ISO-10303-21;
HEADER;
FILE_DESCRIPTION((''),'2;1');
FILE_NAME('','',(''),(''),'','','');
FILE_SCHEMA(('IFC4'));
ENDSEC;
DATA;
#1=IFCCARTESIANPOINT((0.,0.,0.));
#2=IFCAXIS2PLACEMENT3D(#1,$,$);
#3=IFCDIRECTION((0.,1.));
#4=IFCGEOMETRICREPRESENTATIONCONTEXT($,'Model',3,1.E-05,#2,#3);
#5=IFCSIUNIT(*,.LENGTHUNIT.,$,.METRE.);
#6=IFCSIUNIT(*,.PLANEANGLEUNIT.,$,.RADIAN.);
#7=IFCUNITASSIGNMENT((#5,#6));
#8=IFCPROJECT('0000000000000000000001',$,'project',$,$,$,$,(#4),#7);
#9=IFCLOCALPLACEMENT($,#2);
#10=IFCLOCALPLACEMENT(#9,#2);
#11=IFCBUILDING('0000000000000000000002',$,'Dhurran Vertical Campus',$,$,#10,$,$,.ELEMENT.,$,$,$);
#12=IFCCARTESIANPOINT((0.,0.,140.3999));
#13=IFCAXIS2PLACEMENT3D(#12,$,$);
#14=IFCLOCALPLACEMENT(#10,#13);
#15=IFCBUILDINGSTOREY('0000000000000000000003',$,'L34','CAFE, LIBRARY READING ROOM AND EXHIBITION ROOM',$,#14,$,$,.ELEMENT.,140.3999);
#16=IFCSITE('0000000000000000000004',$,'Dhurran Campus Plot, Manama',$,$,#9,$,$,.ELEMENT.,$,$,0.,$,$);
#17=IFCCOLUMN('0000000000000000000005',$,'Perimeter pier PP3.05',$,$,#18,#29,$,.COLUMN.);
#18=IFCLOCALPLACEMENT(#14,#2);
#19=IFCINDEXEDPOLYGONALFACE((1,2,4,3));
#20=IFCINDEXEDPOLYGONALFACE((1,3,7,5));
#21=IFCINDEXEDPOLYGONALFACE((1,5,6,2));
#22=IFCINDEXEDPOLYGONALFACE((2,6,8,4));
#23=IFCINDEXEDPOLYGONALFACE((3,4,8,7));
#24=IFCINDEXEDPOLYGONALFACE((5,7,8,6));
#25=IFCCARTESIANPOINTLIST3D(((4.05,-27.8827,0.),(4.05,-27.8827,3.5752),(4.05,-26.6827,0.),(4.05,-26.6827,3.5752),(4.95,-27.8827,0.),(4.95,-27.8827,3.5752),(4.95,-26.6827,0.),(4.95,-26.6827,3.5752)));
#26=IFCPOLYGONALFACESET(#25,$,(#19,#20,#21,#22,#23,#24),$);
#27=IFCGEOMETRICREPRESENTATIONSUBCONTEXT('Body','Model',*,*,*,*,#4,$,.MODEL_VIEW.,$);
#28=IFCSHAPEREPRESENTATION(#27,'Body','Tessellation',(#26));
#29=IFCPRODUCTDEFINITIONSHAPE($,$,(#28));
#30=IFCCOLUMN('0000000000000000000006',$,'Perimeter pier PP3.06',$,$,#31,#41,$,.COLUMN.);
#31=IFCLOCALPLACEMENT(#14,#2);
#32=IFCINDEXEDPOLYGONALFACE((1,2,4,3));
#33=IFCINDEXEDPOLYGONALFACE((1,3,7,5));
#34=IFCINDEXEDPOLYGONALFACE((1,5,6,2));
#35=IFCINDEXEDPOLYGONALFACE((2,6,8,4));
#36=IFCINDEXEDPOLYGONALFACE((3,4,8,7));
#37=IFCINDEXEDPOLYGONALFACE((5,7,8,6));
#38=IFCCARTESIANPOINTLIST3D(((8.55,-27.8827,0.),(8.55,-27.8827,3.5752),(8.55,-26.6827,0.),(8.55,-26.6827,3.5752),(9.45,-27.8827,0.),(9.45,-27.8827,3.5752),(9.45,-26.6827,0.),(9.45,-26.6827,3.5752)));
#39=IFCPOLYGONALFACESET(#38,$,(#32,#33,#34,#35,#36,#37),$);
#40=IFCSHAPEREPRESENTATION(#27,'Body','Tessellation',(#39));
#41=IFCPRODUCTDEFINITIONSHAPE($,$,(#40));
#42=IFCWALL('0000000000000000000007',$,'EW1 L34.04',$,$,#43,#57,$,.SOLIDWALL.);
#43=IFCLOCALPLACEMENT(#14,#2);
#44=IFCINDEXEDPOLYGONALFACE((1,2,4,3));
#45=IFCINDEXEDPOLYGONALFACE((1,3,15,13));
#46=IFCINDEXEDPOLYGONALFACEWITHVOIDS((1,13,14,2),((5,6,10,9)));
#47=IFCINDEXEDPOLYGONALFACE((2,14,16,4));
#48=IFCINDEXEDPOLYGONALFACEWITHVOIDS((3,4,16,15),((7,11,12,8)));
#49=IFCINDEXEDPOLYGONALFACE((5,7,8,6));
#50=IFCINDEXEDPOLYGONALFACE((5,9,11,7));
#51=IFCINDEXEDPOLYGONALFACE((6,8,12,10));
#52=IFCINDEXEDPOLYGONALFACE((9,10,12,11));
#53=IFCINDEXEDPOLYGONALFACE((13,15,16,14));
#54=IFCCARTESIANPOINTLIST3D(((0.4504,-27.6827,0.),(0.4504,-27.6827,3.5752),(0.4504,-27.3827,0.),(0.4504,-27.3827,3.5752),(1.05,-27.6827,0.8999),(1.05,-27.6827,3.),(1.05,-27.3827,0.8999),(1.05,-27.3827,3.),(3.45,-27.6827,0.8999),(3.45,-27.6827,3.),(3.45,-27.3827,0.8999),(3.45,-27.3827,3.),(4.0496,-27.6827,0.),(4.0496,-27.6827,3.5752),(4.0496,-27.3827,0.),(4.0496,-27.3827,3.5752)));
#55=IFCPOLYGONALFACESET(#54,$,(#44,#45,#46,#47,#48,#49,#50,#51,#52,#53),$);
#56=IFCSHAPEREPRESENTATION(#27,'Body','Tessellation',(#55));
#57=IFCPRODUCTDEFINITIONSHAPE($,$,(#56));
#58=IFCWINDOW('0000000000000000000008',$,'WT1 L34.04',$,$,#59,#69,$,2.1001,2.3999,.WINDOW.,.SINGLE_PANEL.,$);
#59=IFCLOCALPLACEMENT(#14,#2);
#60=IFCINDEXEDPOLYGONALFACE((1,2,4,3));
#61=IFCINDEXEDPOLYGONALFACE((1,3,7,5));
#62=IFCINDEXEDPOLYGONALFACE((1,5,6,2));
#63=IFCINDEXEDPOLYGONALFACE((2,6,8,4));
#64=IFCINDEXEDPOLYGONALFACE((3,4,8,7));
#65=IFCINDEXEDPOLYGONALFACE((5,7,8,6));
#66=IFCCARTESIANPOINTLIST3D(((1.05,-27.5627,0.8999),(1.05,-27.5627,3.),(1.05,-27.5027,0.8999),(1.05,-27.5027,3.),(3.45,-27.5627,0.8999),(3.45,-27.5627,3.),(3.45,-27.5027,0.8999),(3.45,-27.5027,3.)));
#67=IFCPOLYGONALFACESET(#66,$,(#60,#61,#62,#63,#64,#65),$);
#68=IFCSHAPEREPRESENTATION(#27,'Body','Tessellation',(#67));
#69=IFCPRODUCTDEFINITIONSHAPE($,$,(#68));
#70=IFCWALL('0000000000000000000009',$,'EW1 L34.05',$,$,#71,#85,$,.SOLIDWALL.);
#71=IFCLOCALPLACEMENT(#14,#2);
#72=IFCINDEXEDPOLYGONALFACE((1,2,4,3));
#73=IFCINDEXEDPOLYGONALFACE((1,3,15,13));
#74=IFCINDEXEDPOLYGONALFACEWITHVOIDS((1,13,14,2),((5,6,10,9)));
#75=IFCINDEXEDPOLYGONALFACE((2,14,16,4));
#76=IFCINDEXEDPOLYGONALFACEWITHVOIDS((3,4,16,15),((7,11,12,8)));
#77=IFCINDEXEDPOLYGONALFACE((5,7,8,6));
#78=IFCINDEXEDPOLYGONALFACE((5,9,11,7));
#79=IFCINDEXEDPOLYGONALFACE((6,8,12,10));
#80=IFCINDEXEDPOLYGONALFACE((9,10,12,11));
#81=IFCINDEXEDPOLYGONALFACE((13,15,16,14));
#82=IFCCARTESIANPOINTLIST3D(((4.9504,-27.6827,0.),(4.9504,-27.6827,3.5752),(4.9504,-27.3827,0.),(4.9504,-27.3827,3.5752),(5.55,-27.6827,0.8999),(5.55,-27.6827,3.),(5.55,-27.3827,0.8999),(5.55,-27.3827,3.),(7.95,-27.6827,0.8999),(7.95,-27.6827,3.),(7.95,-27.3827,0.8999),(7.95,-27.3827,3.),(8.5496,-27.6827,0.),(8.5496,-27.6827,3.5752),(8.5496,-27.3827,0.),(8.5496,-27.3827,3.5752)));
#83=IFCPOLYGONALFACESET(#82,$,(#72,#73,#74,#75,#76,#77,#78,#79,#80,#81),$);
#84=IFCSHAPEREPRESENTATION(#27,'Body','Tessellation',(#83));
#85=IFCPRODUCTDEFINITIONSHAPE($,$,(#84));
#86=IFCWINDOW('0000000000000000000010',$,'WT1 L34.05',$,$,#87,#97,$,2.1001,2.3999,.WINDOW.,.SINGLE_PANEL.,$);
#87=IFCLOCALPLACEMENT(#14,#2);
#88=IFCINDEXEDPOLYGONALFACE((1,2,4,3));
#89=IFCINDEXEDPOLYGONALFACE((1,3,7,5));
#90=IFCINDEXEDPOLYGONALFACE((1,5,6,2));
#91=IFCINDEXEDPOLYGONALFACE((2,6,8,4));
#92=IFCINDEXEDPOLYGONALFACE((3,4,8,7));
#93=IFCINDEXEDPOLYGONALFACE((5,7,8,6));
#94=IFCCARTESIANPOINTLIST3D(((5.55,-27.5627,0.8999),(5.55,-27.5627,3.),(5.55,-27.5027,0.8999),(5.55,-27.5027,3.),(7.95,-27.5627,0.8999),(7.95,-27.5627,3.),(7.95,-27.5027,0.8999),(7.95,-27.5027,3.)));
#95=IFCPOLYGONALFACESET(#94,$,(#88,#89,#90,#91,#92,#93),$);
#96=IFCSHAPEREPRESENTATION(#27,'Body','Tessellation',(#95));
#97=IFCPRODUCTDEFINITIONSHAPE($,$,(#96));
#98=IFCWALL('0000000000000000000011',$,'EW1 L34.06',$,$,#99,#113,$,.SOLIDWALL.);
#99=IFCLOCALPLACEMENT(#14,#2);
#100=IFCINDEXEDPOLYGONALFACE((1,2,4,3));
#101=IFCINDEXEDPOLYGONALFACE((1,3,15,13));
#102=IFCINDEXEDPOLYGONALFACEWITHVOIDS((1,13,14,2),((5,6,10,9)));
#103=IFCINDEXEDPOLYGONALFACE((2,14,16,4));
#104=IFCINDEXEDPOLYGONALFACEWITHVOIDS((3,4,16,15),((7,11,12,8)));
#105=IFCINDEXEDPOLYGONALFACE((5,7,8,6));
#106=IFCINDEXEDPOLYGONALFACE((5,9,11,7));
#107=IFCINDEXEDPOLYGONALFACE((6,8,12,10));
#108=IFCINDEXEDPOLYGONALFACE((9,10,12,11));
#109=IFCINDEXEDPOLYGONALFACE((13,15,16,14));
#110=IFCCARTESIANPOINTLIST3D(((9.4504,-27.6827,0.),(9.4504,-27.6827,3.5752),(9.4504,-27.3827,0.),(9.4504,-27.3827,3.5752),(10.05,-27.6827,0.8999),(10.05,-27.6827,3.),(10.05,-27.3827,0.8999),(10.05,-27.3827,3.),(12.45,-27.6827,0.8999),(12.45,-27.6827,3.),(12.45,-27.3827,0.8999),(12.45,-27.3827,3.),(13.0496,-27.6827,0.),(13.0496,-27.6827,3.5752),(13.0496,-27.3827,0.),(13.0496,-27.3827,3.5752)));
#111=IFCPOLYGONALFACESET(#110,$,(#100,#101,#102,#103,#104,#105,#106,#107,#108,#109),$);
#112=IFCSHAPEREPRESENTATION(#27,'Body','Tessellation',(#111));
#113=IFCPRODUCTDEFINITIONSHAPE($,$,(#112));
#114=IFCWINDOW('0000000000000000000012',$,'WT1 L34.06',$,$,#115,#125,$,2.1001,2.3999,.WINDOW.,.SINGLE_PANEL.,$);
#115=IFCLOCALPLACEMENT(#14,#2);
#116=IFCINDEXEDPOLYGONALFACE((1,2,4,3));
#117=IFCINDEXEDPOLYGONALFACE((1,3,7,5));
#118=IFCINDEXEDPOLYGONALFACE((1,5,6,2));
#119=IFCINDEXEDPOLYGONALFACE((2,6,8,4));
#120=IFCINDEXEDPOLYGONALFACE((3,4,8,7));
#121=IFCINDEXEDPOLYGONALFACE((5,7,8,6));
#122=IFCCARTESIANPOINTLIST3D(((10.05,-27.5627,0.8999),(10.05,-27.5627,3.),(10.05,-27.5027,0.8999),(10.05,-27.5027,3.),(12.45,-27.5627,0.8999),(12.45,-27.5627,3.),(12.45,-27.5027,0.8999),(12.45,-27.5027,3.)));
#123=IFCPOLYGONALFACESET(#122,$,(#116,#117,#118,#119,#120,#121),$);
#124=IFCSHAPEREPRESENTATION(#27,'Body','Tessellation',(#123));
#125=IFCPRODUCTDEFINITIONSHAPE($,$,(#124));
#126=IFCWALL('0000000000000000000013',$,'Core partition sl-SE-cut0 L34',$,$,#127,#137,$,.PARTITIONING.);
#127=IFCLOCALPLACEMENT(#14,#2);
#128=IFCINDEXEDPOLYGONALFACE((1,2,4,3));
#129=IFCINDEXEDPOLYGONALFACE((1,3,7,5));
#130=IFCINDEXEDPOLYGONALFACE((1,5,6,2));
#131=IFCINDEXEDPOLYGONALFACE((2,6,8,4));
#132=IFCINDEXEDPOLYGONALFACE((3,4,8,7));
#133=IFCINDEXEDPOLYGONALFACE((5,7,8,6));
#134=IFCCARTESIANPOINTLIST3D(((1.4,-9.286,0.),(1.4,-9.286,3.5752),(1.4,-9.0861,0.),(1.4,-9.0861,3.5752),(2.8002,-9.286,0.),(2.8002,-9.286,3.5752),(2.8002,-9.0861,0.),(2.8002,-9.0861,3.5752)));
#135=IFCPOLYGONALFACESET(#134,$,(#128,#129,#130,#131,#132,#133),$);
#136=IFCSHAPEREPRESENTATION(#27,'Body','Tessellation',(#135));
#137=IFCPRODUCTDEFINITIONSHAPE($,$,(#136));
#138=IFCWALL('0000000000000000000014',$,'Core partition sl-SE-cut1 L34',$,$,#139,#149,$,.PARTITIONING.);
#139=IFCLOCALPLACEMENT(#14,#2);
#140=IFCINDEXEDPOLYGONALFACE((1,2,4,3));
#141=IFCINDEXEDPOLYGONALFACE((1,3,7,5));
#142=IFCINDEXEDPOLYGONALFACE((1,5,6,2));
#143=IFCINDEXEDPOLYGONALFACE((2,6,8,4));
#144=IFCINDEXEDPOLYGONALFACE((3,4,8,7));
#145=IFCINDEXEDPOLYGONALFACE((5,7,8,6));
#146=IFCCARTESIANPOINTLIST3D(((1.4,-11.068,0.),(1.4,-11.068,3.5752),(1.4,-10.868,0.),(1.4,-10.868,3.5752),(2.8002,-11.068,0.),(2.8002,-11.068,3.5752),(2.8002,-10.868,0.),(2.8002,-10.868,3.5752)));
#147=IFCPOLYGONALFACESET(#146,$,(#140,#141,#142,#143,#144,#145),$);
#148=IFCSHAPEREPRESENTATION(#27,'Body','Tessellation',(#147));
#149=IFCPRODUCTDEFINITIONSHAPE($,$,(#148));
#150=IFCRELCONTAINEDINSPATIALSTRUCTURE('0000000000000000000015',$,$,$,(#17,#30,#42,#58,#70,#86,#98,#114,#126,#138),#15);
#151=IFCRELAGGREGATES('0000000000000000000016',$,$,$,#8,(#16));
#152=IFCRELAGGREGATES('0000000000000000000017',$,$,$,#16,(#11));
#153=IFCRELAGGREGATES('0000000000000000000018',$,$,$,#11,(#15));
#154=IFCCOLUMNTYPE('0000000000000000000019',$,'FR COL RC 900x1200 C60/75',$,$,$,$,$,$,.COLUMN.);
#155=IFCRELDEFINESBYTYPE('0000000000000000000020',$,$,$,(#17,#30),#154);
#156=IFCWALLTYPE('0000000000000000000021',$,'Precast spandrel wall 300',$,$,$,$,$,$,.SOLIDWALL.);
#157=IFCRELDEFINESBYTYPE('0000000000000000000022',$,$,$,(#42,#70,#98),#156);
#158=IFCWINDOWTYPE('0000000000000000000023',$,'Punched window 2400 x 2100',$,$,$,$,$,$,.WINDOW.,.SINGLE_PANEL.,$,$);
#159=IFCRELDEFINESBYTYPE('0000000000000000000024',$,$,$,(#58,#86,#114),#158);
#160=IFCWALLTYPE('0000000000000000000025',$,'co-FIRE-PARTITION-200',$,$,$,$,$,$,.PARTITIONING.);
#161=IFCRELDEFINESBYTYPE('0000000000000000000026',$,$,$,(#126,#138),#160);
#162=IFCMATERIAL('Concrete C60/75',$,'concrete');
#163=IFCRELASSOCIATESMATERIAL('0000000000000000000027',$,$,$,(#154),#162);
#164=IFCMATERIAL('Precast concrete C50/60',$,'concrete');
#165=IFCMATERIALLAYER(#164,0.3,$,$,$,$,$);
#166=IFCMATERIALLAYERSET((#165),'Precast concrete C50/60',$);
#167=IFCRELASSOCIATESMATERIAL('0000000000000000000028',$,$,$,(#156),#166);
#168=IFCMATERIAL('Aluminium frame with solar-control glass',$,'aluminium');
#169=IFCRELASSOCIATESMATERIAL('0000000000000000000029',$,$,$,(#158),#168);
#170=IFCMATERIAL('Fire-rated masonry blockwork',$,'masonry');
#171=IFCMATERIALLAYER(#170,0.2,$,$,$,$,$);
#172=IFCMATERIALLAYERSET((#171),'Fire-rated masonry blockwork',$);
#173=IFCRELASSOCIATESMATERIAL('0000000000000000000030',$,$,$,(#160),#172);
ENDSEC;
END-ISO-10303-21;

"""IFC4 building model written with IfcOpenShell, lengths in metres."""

from ifc_helpers import new_model, si_unit, direction, frame, frame_2d, origin, origin_2d, place, context, subcontext, project, spatial, rectangle, extrude, material, layer, layer_set, material_profile, profile_set, type_object, element, fill, save


model = new_model("IFC4")

# Units and contexts
model_context = context("Model", 3, precision=1e-05, world=origin(), true_north=direction((0.0, 1.0)))
body_context = subcontext(model_context, "Body", "Model", "MODEL_VIEW")
ifc_project = project(units=[si_unit("LENGTHUNIT", "METRE"), si_unit("PLANEANGLEUNIT", "RADIAN")], contexts=[model_context])

# Site, building, storey
site_placement = place(None, origin())
site = spatial("IfcSite", under=ifc_project, at=site_placement, Name="Dhurran Campus Plot, Manama", CompositionType="ELEMENT", RefElevation=0.0)
building_placement = place(site_placement, origin())
building = spatial("IfcBuilding", under=site, at=building_placement, Name="Dhurran Vertical Campus", CompositionType="ELEMENT")
storey_placement = place(building_placement, frame((0.0, 0.0, 140.3999)))
storey = spatial("IfcBuildingStorey", under=building, at=storey_placement, Name="L34", Description="CAFE, LIBRARY READING ROOM AND EXHIBITION ROOM", CompositionType="ELEMENT", Elevation=140.3999)

# Columns
ifc_material_1 = material(Name="Concrete C60/75", Category="concrete")
ifc_material_profile = material_profile(ifc_material_1, rectangle(XDim=0.8999, YDim=1.2, at=origin_2d()), Name="RC 900x1200")
ifc_profile_set = profile_set([ifc_material_profile], Name="Concrete C60/75")
column_type = type_object("IfcColumnType", Name="FR COL RC 900x1200 C60/75", PredefinedType="COLUMN", material=ifc_profile_set)
for number, where, z_axis, x_axis, name in (
    (1, (4.5, -27.2827, 0.0), (0.0, 0.0, 1.0), (1.0, 0.0, 0.0), "Perimeter pier PP3.05"),
    (2, (9.0, -27.2827, 0.0), (0.0, 0.0, 1.0), (1.0, 0.0, 0.0), "Perimeter pier PP3.06"),
):
    element("IfcColumn", number, at=place(storey_placement, frame(where, z_axis=z_axis, x_axis=x_axis)), inside=storey, type_object=column_type, Name=name, PredefinedType="COLUMN", context=body_context, shape_type="SweptSolid", body=[
        extrude(rectangle(XDim=0.8999, YDim=1.2, at=origin_2d()), origin(), (0.0, 0.0, 1.0), 3.5752),
    ])

# Walls, openings, windows
ifc_material_2 = material(Name="Precast concrete C50/60", Category="concrete")
ifc_layer_1 = layer(ifc_material_2, 0.3)
ifc_layer_set_1 = layer_set([ifc_layer_1], Name="Precast concrete C50/60")
wall_type_1 = type_object("IfcWallType", Name="Precast spandrel wall 300", PredefinedType="SOLIDWALL", material=ifc_layer_set_1)
wall_1_placement = place(storey_placement, frame((0.4504, -27.5327, 0.0), z_axis=(0.0, 0.0, 1.0), x_axis=(1.0, 0.0, 0.0)))
wall_1 = element("IfcWall", 3, at=wall_1_placement, inside=storey, type_object=wall_type_1, Name="EW1 L34.04", PredefinedType="SOLIDWALL", context=body_context, shape_type="SweptSolid", body=[
    extrude(rectangle(XDim=3.5991, YDim=0.3, at=frame_2d((1.7996, 0.0))), origin(), (0.0, 0.0, 1.0), 3.5752),
])
opening_1_placement = place(wall_1_placement, frame((0.5996, 0.0, 0.8999)))
opening_1 = element("IfcOpeningElement", 4, at=opening_1_placement, cuts=wall_1, PredefinedType="OPENING", context=body_context, shape_type="SweptSolid", body=[
    extrude(rectangle(XDim=2.3999, YDim=2.1001, at=frame_2d((1.2, 1.05))), frame((0.0, 0.1599, 0.0), z_axis=(0.0, -1.0, 0.0), x_axis=(1.0, 0.0, 0.0)), (0.0, 0.0, 1.0), 0.3201),
])
ifc_material_3 = material(Name="Aluminium frame with solar-control glass", Category="aluminium")
window_type = type_object("IfcWindowType", Name="Punched window 2400 x 2100", PartitioningType="SINGLE_PANEL", PredefinedType="WINDOW", material=ifc_material_3)
window_1_placement = place(opening_1_placement, origin())
window_1 = element("IfcWindow", 5, at=window_1_placement, inside=storey, type_object=window_type, Name="WT1 L34.04", OverallHeight=2.1001, OverallWidth=2.3999, PartitioningType="SINGLE_PANEL", PredefinedType="WINDOW", context=body_context, shape_type="SweptSolid", body=[
    extrude(rectangle(XDim=2.3999, YDim=2.1001, at=frame_2d((1.2, 1.05))), frame((0.0, 0.03, 0.0), z_axis=(0.0, -1.0, 0.0), x_axis=(1.0, 0.0, 0.0)), (0.0, 0.0, 1.0), 0.0601),
])
fill(opening_1, window_1)
wall_2_placement = place(storey_placement, frame((4.9504, -27.5327, 0.0), z_axis=(0.0, 0.0, 1.0), x_axis=(1.0, 0.0, 0.0)))
wall_2 = element("IfcWall", 6, at=wall_2_placement, inside=storey, type_object=wall_type_1, Name="EW1 L34.05", PredefinedType="SOLIDWALL", context=body_context, shape_type="SweptSolid", body=[
    extrude(rectangle(XDim=3.5991, YDim=0.3, at=frame_2d((1.7996, 0.0))), origin(), (0.0, 0.0, 1.0), 3.5752),
])
opening_2_placement = place(wall_2_placement, frame((0.5996, 0.0, 0.8999)))
opening_2 = element("IfcOpeningElement", 7, at=opening_2_placement, cuts=wall_2, PredefinedType="OPENING", context=body_context, shape_type="SweptSolid", body=[
    extrude(rectangle(XDim=2.3999, YDim=2.1001, at=frame_2d((1.2, 1.05))), frame((0.0, 0.1599, 0.0), z_axis=(0.0, -1.0, 0.0), x_axis=(1.0, 0.0, 0.0)), (0.0, 0.0, 1.0), 0.3201),
])
window_2_placement = place(opening_2_placement, origin())
window_2 = element("IfcWindow", 8, at=window_2_placement, inside=storey, type_object=window_type, Name="WT1 L34.05", OverallHeight=2.1001, OverallWidth=2.3999, PartitioningType="SINGLE_PANEL", PredefinedType="WINDOW", context=body_context, shape_type="SweptSolid", body=[
    extrude(rectangle(XDim=2.3999, YDim=2.1001, at=frame_2d((1.2, 1.05))), frame((0.0, 0.03, 0.0), z_axis=(0.0, -1.0, 0.0), x_axis=(1.0, 0.0, 0.0)), (0.0, 0.0, 1.0), 0.0601),
])
fill(opening_2, window_2)
wall_3_placement = place(storey_placement, frame((9.4504, -27.5327, 0.0), z_axis=(0.0, 0.0, 1.0), x_axis=(1.0, 0.0, 0.0)))
wall_3 = element("IfcWall", 9, at=wall_3_placement, inside=storey, type_object=wall_type_1, Name="EW1 L34.06", PredefinedType="SOLIDWALL", context=body_context, shape_type="SweptSolid", body=[
    extrude(rectangle(XDim=3.5991, YDim=0.3, at=frame_2d((1.7996, 0.0))), origin(), (0.0, 0.0, 1.0), 3.5752),
])
opening_3_placement = place(wall_3_placement, frame((0.5996, 0.0, 0.8999)))
opening_3 = element("IfcOpeningElement", 10, at=opening_3_placement, cuts=wall_3, PredefinedType="OPENING", context=body_context, shape_type="SweptSolid", body=[
    extrude(rectangle(XDim=2.3999, YDim=2.1001, at=frame_2d((1.2, 1.05))), frame((0.0, 0.1599, 0.0), z_axis=(0.0, -1.0, 0.0), x_axis=(1.0, 0.0, 0.0)), (0.0, 0.0, 1.0), 0.3201),
])
window_3_placement = place(opening_3_placement, origin())
window_3 = element("IfcWindow", 11, at=window_3_placement, inside=storey, type_object=window_type, Name="WT1 L34.06", OverallHeight=2.1001, OverallWidth=2.3999, PartitioningType="SINGLE_PANEL", PredefinedType="WINDOW", context=body_context, shape_type="SweptSolid", body=[
    extrude(rectangle(XDim=2.3999, YDim=2.1001, at=frame_2d((1.2, 1.05))), frame((0.0, 0.03, 0.0), z_axis=(0.0, -1.0, 0.0), x_axis=(1.0, 0.0, 0.0)), (0.0, 0.0, 1.0), 0.0601),
])
fill(opening_3, window_3)

# Walls
ifc_material_4 = material(Name="Fire-rated masonry blockwork", Category="masonry")
ifc_layer_2 = layer(ifc_material_4, 0.2)
ifc_layer_set_2 = layer_set([ifc_layer_2], Name="Fire-rated masonry blockwork")
wall_type_2 = type_object("IfcWallType", Name="co-FIRE-PARTITION-200", PredefinedType="PARTITIONING", material=ifc_layer_set_2)
for number, where, z_axis, x_axis, name in (
    (12, (1.3999, -9.186, 0.0), (0.0, 0.0, 1.0), (1.0, 0.0, 0.0), "Core partition sl-SE-cut0 L34"),
    (13, (1.3999, -10.968, 0.0), (0.0, 0.0, 1.0), (1.0, 0.0, 0.0), "Core partition sl-SE-cut1 L34"),
):
    element("IfcWall", number, at=place(storey_placement, frame(where, z_axis=z_axis, x_axis=x_axis)), inside=storey, type_object=wall_type_2, Name=name, PredefinedType="PARTITIONING", context=body_context, shape_type="SweptSolid", body=[
        extrude(rectangle(XDim=1.4001, YDim=0.2, at=frame_2d((0.7002, 0.0))), origin(), (0.0, 0.0, 1.0), 3.5752),
    ])

save(model, "model.ifc")
